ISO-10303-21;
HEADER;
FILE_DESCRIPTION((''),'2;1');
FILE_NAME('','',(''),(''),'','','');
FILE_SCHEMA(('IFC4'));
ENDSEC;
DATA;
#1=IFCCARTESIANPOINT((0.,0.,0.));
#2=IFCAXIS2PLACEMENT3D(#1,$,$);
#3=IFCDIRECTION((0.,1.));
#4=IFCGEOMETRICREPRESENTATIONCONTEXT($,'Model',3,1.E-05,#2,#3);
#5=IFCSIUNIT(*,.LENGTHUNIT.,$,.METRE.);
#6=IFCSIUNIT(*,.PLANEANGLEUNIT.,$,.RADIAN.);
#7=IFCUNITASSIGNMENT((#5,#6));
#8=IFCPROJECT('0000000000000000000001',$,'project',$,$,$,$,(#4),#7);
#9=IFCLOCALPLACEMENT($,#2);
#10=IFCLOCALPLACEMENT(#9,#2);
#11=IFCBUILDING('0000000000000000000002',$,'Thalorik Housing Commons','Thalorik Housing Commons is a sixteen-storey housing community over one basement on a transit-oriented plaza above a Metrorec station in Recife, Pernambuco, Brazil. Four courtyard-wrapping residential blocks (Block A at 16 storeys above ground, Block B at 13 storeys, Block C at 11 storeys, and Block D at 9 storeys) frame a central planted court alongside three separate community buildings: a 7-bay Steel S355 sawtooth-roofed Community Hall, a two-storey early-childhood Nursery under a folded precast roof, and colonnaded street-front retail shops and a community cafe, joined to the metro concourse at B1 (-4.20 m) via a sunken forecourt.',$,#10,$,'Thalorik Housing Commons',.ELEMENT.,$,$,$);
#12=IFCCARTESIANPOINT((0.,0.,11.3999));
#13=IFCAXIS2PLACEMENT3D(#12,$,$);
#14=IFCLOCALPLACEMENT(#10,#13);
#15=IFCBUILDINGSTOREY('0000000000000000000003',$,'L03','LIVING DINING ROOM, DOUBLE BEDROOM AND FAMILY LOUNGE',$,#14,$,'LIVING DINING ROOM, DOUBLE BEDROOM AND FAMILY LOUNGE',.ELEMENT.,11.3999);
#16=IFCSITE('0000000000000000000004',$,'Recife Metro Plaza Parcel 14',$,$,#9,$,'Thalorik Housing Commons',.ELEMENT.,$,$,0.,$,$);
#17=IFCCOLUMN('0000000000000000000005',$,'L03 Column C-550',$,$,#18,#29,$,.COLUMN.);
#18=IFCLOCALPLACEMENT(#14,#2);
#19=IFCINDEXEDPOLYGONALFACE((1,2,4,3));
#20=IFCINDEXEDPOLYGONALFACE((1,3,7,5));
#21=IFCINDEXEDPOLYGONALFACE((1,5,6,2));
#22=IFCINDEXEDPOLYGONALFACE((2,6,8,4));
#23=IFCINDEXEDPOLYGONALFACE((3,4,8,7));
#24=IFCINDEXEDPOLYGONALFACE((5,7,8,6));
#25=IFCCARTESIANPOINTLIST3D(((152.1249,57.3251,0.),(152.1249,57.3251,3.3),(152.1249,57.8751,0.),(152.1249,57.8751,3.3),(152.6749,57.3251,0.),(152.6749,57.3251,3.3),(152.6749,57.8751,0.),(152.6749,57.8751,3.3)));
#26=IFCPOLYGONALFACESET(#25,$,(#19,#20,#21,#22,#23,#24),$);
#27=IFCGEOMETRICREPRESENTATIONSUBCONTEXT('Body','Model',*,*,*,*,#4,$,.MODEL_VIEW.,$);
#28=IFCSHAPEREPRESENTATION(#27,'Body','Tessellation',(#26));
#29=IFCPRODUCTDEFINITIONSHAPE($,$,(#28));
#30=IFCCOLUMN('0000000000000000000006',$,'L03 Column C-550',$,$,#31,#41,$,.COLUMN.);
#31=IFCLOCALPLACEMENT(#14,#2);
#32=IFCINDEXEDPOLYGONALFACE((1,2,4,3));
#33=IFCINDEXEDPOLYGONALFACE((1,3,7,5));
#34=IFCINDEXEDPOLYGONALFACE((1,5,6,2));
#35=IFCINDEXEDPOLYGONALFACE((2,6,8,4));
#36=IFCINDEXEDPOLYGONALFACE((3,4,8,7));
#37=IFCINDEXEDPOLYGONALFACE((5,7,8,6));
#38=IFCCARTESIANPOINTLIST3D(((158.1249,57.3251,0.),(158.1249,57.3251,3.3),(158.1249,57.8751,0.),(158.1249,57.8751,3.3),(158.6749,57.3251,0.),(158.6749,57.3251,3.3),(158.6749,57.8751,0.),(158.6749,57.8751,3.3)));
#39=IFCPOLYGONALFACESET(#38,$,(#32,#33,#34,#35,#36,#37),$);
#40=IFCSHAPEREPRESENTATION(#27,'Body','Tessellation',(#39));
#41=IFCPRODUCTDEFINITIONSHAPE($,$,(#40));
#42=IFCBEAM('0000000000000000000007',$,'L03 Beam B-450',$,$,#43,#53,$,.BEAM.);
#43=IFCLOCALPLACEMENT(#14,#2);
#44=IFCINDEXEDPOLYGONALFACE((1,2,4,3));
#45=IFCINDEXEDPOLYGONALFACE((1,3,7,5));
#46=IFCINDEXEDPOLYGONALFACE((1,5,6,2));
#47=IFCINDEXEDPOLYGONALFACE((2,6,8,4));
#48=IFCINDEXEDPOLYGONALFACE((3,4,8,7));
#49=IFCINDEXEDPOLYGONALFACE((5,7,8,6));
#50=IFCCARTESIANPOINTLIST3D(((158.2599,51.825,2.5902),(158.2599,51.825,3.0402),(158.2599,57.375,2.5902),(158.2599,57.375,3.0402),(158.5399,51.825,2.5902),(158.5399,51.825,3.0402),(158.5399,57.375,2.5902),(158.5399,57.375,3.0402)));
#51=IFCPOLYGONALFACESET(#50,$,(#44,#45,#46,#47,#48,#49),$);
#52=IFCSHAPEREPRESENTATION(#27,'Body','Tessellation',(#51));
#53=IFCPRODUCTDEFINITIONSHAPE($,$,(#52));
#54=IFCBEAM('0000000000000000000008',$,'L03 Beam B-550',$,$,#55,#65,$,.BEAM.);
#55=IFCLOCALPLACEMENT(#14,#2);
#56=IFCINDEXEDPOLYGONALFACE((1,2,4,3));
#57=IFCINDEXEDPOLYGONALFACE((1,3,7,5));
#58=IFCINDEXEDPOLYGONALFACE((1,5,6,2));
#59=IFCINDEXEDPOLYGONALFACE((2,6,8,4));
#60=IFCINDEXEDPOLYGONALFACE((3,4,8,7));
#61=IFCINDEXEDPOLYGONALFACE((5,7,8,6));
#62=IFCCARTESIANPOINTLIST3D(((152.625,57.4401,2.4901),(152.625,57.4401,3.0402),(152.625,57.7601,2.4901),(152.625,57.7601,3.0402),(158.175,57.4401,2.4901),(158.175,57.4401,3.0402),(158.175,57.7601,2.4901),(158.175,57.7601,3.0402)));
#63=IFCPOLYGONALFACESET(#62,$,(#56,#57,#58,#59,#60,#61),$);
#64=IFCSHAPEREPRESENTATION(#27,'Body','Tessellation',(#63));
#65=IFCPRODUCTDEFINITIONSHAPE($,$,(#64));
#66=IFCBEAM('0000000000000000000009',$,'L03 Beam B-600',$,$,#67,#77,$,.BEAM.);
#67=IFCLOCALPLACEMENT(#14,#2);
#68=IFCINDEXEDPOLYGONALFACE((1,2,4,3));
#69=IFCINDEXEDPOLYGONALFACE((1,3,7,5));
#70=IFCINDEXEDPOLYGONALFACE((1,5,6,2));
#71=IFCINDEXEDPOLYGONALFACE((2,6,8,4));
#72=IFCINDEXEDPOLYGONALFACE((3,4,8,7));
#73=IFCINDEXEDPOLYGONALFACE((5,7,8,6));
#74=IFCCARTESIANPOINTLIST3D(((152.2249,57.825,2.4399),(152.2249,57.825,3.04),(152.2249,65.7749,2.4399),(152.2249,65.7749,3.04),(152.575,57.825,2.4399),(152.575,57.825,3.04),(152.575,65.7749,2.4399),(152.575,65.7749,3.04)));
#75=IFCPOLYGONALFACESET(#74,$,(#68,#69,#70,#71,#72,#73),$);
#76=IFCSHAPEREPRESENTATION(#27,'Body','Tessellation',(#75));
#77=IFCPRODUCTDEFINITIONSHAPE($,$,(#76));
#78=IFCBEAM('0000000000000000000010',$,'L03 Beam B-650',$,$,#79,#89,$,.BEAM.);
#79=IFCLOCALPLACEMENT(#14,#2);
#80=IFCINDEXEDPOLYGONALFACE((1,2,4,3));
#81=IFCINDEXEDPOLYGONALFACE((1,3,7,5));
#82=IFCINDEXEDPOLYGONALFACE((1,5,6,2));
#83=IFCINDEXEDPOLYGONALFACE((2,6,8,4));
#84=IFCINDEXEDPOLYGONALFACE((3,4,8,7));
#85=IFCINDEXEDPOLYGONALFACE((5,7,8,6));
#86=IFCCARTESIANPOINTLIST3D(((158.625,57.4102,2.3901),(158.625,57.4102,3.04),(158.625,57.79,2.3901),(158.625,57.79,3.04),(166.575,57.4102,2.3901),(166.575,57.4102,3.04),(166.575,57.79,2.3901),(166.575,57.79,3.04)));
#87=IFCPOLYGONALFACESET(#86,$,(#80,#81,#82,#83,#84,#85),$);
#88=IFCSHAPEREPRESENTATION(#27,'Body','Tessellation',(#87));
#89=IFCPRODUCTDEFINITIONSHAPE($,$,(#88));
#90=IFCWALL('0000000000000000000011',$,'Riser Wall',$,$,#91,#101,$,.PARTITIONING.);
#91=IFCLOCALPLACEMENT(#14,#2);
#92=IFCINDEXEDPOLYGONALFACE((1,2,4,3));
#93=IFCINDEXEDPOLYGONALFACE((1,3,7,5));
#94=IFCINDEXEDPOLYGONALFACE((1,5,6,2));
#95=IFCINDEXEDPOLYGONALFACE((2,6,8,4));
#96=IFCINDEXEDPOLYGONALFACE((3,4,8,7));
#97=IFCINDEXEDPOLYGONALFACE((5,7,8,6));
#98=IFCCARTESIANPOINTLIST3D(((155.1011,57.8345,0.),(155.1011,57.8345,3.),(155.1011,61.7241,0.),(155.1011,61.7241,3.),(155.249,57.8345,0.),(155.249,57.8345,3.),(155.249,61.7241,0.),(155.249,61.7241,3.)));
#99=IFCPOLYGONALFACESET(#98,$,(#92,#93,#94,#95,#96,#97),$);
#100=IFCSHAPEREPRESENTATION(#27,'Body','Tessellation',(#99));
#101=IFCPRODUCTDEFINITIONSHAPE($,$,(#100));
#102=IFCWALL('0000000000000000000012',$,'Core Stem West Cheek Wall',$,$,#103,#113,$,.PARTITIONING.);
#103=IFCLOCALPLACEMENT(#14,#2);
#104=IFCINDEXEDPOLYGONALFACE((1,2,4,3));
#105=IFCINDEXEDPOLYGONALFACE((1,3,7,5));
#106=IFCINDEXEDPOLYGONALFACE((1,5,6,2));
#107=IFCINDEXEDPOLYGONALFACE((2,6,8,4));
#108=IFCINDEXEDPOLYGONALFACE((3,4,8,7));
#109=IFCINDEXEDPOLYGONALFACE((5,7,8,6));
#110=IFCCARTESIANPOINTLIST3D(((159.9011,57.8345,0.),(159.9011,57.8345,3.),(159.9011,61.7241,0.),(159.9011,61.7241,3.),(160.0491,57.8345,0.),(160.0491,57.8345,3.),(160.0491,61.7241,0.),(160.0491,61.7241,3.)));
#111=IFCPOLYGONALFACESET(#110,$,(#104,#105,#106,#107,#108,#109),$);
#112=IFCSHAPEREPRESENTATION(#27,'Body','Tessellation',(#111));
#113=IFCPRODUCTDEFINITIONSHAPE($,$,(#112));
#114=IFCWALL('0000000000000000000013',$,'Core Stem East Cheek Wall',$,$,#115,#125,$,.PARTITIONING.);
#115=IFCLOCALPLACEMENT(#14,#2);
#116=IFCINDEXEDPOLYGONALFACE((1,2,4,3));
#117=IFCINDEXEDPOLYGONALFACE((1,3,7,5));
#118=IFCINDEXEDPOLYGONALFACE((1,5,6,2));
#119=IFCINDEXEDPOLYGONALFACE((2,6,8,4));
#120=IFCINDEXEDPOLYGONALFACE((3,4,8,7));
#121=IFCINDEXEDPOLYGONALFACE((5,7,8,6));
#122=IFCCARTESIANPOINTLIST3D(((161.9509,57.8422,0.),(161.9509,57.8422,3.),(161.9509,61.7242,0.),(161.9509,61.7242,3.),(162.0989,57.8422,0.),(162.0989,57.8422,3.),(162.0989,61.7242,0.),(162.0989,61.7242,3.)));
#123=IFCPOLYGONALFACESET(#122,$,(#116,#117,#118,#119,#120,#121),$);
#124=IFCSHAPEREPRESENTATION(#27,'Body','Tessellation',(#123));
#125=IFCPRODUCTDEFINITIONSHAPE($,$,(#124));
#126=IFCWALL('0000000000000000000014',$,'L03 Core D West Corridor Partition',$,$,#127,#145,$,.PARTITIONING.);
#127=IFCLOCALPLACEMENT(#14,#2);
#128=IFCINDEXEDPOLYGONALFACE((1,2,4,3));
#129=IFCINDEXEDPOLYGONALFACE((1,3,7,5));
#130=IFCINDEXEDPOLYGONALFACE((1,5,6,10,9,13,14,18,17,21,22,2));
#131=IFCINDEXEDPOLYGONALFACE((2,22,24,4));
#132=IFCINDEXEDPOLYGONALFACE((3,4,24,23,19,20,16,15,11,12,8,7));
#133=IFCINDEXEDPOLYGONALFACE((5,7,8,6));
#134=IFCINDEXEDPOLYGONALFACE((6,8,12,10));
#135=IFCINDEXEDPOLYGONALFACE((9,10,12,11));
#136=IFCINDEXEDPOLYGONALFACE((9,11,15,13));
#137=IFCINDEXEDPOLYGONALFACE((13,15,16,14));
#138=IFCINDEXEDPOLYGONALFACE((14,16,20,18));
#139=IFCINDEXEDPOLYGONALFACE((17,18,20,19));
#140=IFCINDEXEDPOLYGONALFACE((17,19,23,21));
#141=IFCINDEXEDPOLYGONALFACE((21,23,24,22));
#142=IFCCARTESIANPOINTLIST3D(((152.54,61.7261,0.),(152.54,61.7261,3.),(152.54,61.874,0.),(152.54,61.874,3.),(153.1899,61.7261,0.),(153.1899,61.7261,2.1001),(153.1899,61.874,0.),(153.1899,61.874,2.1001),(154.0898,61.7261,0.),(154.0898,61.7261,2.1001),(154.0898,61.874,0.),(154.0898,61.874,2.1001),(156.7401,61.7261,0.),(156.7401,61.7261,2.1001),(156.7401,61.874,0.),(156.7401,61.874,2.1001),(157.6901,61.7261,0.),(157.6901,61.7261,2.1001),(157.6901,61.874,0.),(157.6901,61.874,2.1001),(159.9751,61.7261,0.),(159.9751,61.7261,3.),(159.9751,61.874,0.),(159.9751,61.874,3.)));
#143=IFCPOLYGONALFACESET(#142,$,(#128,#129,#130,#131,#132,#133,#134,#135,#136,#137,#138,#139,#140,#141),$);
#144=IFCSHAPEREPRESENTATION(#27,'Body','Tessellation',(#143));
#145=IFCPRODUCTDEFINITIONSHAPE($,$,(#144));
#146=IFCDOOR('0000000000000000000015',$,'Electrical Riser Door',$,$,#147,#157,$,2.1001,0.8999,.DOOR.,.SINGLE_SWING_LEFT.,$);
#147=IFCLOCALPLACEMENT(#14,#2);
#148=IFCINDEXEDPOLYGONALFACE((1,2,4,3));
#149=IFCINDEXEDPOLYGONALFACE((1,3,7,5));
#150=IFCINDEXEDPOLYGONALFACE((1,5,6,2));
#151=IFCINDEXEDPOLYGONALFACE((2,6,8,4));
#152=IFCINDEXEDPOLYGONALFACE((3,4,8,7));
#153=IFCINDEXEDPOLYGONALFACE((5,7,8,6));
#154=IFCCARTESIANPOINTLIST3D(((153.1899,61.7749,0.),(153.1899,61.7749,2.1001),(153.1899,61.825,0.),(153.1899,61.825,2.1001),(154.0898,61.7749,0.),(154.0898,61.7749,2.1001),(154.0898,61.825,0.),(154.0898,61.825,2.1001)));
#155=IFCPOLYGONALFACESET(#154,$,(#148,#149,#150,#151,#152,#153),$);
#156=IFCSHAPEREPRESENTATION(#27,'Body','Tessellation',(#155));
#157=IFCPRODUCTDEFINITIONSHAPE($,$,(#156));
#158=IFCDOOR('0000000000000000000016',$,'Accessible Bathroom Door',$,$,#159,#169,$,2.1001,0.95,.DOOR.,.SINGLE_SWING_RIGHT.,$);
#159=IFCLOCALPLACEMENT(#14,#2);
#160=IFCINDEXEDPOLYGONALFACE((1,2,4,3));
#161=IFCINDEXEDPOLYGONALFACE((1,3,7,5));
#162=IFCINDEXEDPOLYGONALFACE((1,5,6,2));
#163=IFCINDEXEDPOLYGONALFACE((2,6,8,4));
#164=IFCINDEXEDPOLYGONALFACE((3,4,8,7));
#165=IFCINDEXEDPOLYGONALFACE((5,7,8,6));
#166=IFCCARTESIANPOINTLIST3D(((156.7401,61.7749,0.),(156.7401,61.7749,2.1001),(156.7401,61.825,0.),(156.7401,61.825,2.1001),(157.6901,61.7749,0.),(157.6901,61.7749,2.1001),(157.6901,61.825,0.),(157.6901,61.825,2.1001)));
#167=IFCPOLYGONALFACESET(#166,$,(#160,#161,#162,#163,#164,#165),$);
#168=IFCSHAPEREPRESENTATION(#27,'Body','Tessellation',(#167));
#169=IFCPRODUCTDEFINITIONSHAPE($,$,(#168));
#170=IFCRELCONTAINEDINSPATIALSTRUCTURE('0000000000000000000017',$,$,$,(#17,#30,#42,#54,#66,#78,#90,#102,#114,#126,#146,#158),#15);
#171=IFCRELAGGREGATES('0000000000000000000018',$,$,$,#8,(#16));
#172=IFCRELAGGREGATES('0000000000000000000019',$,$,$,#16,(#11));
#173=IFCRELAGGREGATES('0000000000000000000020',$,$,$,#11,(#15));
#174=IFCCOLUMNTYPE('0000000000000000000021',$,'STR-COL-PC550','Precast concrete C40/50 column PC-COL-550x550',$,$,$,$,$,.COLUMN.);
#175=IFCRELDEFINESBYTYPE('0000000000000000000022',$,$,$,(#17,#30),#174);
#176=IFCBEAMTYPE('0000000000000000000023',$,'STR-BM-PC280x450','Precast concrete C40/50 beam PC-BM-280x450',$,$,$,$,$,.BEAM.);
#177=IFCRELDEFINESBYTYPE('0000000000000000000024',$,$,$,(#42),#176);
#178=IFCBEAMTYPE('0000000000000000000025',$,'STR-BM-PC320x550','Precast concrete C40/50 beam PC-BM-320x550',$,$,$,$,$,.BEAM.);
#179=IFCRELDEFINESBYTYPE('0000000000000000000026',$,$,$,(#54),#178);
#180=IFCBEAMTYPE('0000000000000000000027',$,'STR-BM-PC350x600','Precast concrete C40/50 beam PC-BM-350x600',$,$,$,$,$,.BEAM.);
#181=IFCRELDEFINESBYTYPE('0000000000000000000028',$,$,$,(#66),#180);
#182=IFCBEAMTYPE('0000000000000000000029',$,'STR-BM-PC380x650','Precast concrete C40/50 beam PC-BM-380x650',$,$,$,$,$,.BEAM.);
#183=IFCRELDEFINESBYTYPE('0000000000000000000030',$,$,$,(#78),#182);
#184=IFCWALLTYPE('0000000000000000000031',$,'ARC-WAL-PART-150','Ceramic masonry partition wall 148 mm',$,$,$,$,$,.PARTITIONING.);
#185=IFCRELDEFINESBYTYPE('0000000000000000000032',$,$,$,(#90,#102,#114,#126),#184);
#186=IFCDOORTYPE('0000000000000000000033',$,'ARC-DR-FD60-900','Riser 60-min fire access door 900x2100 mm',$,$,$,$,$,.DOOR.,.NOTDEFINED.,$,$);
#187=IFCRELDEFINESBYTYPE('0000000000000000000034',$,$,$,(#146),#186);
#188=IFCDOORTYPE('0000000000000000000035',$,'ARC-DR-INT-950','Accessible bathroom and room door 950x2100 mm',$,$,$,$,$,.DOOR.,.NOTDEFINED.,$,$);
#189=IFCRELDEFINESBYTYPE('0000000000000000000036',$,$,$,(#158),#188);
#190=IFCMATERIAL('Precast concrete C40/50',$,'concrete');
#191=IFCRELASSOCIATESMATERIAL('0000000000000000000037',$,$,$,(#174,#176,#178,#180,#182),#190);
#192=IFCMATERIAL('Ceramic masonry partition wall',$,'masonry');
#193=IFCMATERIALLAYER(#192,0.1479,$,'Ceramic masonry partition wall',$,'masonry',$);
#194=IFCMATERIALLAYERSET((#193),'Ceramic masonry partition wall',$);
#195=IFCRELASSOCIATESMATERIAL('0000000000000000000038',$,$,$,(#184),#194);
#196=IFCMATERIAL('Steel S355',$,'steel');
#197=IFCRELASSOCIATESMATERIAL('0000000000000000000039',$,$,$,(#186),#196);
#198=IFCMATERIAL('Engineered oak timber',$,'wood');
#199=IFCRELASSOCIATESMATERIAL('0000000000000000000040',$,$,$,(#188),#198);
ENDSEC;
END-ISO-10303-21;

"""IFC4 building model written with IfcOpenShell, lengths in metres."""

from ifc_helpers import new_model, si_unit, direction, frame, frame_2d, origin, origin_2d, place, context, subcontext, project, spatial, rectangle, extrude, material, layer, layer_set, material_profile, profile_set, type_object, element, fill, save


model = new_model("IFC4")

# Units and contexts
model_context = context("Model", 3, precision=1e-05, world=origin(), true_north=direction((0.0, 1.0)))
body_context = subcontext(model_context, "Body", "Model", "MODEL_VIEW")
ifc_project = project(units=[si_unit("LENGTHUNIT", "METRE"), si_unit("PLANEANGLEUNIT", "RADIAN")], contexts=[model_context])

# Site, building, storey
site_placement = place(None, origin())
site = spatial("IfcSite", under=ifc_project, at=site_placement, Name="Recife Metro Plaza Parcel 14", LongName="Thalorik Housing Commons", CompositionType="ELEMENT", RefElevation=0.0)
building_placement = place(site_placement, origin())
building = spatial("IfcBuilding", under=site, at=building_placement, Name="Thalorik Housing Commons", Description="Thalorik Housing Commons is a sixteen-storey housing community over one basement on a transit-oriented plaza above a Metrorec station in Recife, Pernambuco, Brazil. Four courtyard-wrapping residential blocks (Block A at 16 storeys above ground, Block B at 13 storeys, Block C at 11 storeys, and Block D at 9 storeys) frame a central planted court alongside three separate community buildings: a 7-bay Steel S355 sawtooth-roofed Community Hall, a two-storey early-childhood Nursery under a folded precast roof, and colonnaded street-front retail shops and a community cafe, joined to the metro concourse at B1 (-4.20 m) via a sunken forecourt.", LongName="Thalorik Housing Commons", CompositionType="ELEMENT")
storey_placement = place(building_placement, frame((0.0, 0.0, 11.3999)))
storey = spatial("IfcBuildingStorey", under=building, at=storey_placement, Name="L03", Description="LIVING DINING ROOM, DOUBLE BEDROOM AND FAMILY LOUNGE", LongName="LIVING DINING ROOM, DOUBLE BEDROOM AND FAMILY LOUNGE", CompositionType="ELEMENT", Elevation=11.3999)

# Columns
ifc_material_1 = material(Name="Precast concrete C40/50", Category="concrete")
ifc_material_profile_1 = material_profile(ifc_material_1, rectangle(XDim=0.55, YDim=0.55, at=origin_2d()), Name="PC 550x550", Category="concrete")
ifc_profile_set_1 = profile_set([ifc_material_profile_1], Name="Precast concrete C40/50")
column_type = type_object("IfcColumnType", Name="STR-COL-PC550", Description="Precast concrete C40/50 column PC-COL-550x550", PredefinedType="COLUMN", material=ifc_profile_set_1)
for number, where, z_axis, x_axis, name in (
    (1, (152.3999, 57.6001, 0.0), (0.0, 0.0, 1.0), (1.0, 0.0, 0.0), "L03 Column C-550"),
    (2, (158.3999, 57.6001, 0.0), (0.0, 0.0, 1.0), (1.0, 0.0, 0.0), "L03 Column C-550"),
):
    element("IfcColumn", number, at=place(storey_placement, frame(where, z_axis=z_axis, x_axis=x_axis)), inside=storey, type_object=column_type, Name=name, PredefinedType="COLUMN", context=body_context, shape_type="SweptSolid", body=[
        extrude(rectangle(XDim=0.55, YDim=0.55, at=origin_2d()), origin(), (0.0, 0.0, 1.0), 3.3),
    ])

# Beams
ifc_material_profile_2 = material_profile(ifc_material_1, rectangle(XDim=0.28, YDim=0.45, at=origin_2d()), Name="PC 280x450", Category="concrete")
ifc_profile_set_2 = profile_set([ifc_material_profile_2], Name="Precast concrete C40/50")
beam_type_1 = type_object("IfcBeamType", Name="STR-BM-PC280x450", Description="Precast concrete C40/50 beam PC-BM-280x450", PredefinedType="BEAM", material=ifc_profile_set_2)
beam_1_placement = place(storey_placement, frame((158.3999, 51.825, 2.8152), z_axis=(0.0, 1.0, 0.0), x_axis=(-1.0, 0.0, 0.0)))
element("IfcBeam", 3, at=beam_1_placement, inside=storey, type_object=beam_type_1, Name="L03 Beam B-450", PredefinedType="BEAM", context=body_context, shape_type="SweptSolid", body=[
    extrude(rectangle(XDim=0.28, YDim=0.45, at=origin_2d()), origin(), (0.0, 0.0, 1.0), 5.55),
])
ifc_material_profile_3 = material_profile(ifc_material_1, rectangle(XDim=0.3201, YDim=0.55, at=origin_2d()), Name="PC 320x550", Category="concrete")
ifc_profile_set_3 = profile_set([ifc_material_profile_3], Name="Precast concrete C40/50")
beam_type_2 = type_object("IfcBeamType", Name="STR-BM-PC320x550", Description="Precast concrete C40/50 beam PC-BM-320x550", PredefinedType="BEAM", material=ifc_profile_set_3)
beam_2_placement = place(storey_placement, frame((152.625, 57.6001, 2.7651), z_axis=(1.0, 0.0, 0.0), x_axis=(0.0, 1.0, 0.0)))
element("IfcBeam", 4, at=beam_2_placement, inside=storey, type_object=beam_type_2, Name="L03 Beam B-550", PredefinedType="BEAM", context=body_context, shape_type="SweptSolid", body=[
    extrude(rectangle(XDim=0.3201, YDim=0.55, at=origin_2d()), origin(), (0.0, 0.0, 1.0), 5.55),
])
ifc_material_profile_4 = material_profile(ifc_material_1, rectangle(XDim=0.3501, YDim=0.6001, at=origin_2d()), Name="PC 350x600", Category="concrete")
ifc_profile_set_4 = profile_set([ifc_material_profile_4], Name="Precast concrete C40/50")
beam_type_3 = type_object("IfcBeamType", Name="STR-BM-PC350x600", Description="Precast concrete C40/50 beam PC-BM-350x600", PredefinedType="BEAM", material=ifc_profile_set_4)
beam_3_placement = place(storey_placement, frame((152.3999, 57.825, 2.74), z_axis=(0.0, 1.0, 0.0), x_axis=(-1.0, 0.0, 0.0)))
element("IfcBeam", 5, at=beam_3_placement, inside=storey, type_object=beam_type_3, Name="L03 Beam B-600", PredefinedType="BEAM", context=body_context, shape_type="SweptSolid", body=[
    extrude(rectangle(XDim=0.3501, YDim=0.6001, at=origin_2d()), origin(), (0.0, 0.0, 1.0), 7.95),
])
ifc_material_profile_5 = material_profile(ifc_material_1, rectangle(XDim=0.3799, YDim=0.6499, at=origin_2d()), Name="PC 380x650", Category="concrete")
ifc_profile_set_5 = profile_set([ifc_material_profile_5], Name="Precast concrete C40/50")
beam_type_4 = type_object("IfcBeamType", Name="STR-BM-PC380x650", Description="Precast concrete C40/50 beam PC-BM-380x650", PredefinedType="BEAM", material=ifc_profile_set_5)
beam_4_placement = place(storey_placement, frame((158.625, 57.6001, 2.7151), z_axis=(1.0, 0.0, 0.0), x_axis=(0.0, 1.0, 0.0)))
element("IfcBeam", 6, at=beam_4_placement, inside=storey, type_object=beam_type_4, Name="L03 Beam B-650", PredefinedType="BEAM", context=body_context, shape_type="SweptSolid", body=[
    extrude(rectangle(XDim=0.3799, YDim=0.6499, at=origin_2d()), origin(), (0.0, 0.0, 1.0), 7.95),
])

# Walls
ifc_material_2 = material(Name="Ceramic masonry partition wall", Category="masonry")
ifc_layer_1 = layer(ifc_material_2, 0.1479, Name="Ceramic masonry partition wall", Category="masonry")
ifc_layer_set_1 = layer_set([ifc_layer_1], Name="Ceramic masonry partition wall")
wall_type_1 = type_object("IfcWallType", Name="ARC-WAL-PART-150", Description="Ceramic masonry partition wall 148 mm", PredefinedType="PARTITIONING", material=ifc_layer_set_1)
for number, where, z_axis, x_axis, name in (
    (7, (155.175, 61.7241, 0.0), (0.0, 0.0, 1.0), (0.0, -1.0, 0.0), "Riser Wall"),
    (8, (159.9751, 61.7241, 0.0), (0.0, 0.0, 1.0), (0.0, -1.0, 0.0), "Core Stem West Cheek Wall"),
):
    element("IfcWall", number, at=place(storey_placement, frame(where, z_axis=z_axis, x_axis=x_axis)), inside=storey, type_object=wall_type_1, Name=name, PredefinedType="PARTITIONING", context=body_context, shape_type="SweptSolid", body=[
        extrude(rectangle(XDim=3.8896, YDim=0.1479, at=frame_2d((1.9448, 0.0))), origin(), (0.0, 0.0, 1.0), 3.0),
    ])
wall_1_placement = place(storey_placement, frame((162.0249, 61.7241, 0.0), z_axis=(0.0, 0.0, 1.0), x_axis=(0.0, -1.0, 0.0)))
element("IfcWall", 9, at=wall_1_placement, inside=storey, type_object=wall_type_1, Name="Core Stem East Cheek Wall", PredefinedType="PARTITIONING", context=body_context, shape_type="SweptSolid", body=[
    extrude(rectangle(XDim=3.8821, YDim=0.1479, at=frame_2d((1.9409, 0.0))), origin(), (0.0, 0.0, 1.0), 3.0),
])

# Wall, openings, doors
wall_2_placement = place(storey_placement, frame((152.54, 61.8, 0.0), z_axis=(0.0, 0.0, 1.0), x_axis=(1.0, 0.0, 0.0)))
wall_2 = element("IfcWall", 10, at=wall_2_placement, inside=storey, type_object=wall_type_1, Name="L03 Core D West Corridor Partition", PredefinedType="PARTITIONING", context=body_context, shape_type="SweptSolid", body=[
    extrude(rectangle(XDim=7.4351, YDim=0.1479, at=frame_2d((3.7175, 0.0))), origin(), (0.0, 0.0, 1.0), 3.0),
])
opening_1_placement = place(wall_2_placement, frame((0.6499, 0.0, 0.0)))
opening_1 = element("IfcOpeningElement", 11, at=opening_1_placement, cuts=wall_2, PredefinedType="OPENING", context=body_context, shape_type="SweptSolid", body=[
    extrude(rectangle(XDim=0.8999, YDim=2.1001, at=frame_2d((0.45, 1.05))), frame((0.0, 0.084, 0.0), z_axis=(0.0, -1.0, 0.0), x_axis=(1.0, 0.0, 0.0)), (0.0, 0.0, 1.0), 0.168),
])
opening_2_placement = place(wall_2_placement, frame((4.2, 0.0, 0.0)))
opening_2 = element("IfcOpeningElement", 12, at=opening_2_placement, cuts=wall_2, PredefinedType="OPENING", context=body_context, shape_type="SweptSolid", body=[
    extrude(rectangle(XDim=0.95, YDim=2.1001, at=frame_2d((0.4751, 1.05))), frame((0.0, 0.084, 0.0), z_axis=(0.0, -1.0, 0.0), x_axis=(1.0, 0.0, 0.0)), (0.0, 0.0, 1.0), 0.168),
])
ifc_material_3 = material(Name="Steel S355", Category="steel")
door_type_1 = type_object("IfcDoorType", Name="ARC-DR-FD60-900", Description="Riser 60-min fire access door 900x2100 mm", OperationType="NOTDEFINED", PredefinedType="DOOR", material=ifc_material_3)
door_1_placement = place(opening_1_placement, origin())
door_1 = element("IfcDoor", 13, at=door_1_placement, inside=storey, type_object=door_type_1, Name="Electrical Riser Door", OperationType="SINGLE_SWING_LEFT", OverallHeight=2.1001, OverallWidth=0.8999, PredefinedType="DOOR", context=body_context, shape_type="SweptSolid", body=[
    extrude(rectangle(XDim=0.8999, YDim=2.1001, at=frame_2d((0.45, 1.05))), frame((0.0, 0.0249, 0.0), z_axis=(0.0, -1.0, 0.0), x_axis=(1.0, 0.0, 0.0)), (0.0, 0.0, 1.0), 0.05),
])
fill(opening_1, door_1)
ifc_material_4 = material(Name="Engineered oak timber", Category="wood")
door_type_2 = type_object("IfcDoorType", Name="ARC-DR-INT-950", Description="Accessible bathroom and room door 950x2100 mm", OperationType="NOTDEFINED", PredefinedType="DOOR", material=ifc_material_4)
door_2_placement = place(opening_2_placement, origin())
door_2 = element("IfcDoor", 14, at=door_2_placement, inside=storey, type_object=door_type_2, Name="Accessible Bathroom Door", OperationType="SINGLE_SWING_RIGHT", OverallHeight=2.1001, OverallWidth=0.95, PredefinedType="DOOR", context=body_context, shape_type="SweptSolid", body=[
    extrude(rectangle(XDim=0.95, YDim=2.1001, at=frame_2d((0.4751, 1.05))), frame((0.0, 0.0249, 0.0), z_axis=(0.0, -1.0, 0.0), x_axis=(1.0, 0.0, 0.0)), (0.0, 0.0, 1.0), 0.05),
])
fill(opening_2, door_2)

save(model, "model.ifc")
